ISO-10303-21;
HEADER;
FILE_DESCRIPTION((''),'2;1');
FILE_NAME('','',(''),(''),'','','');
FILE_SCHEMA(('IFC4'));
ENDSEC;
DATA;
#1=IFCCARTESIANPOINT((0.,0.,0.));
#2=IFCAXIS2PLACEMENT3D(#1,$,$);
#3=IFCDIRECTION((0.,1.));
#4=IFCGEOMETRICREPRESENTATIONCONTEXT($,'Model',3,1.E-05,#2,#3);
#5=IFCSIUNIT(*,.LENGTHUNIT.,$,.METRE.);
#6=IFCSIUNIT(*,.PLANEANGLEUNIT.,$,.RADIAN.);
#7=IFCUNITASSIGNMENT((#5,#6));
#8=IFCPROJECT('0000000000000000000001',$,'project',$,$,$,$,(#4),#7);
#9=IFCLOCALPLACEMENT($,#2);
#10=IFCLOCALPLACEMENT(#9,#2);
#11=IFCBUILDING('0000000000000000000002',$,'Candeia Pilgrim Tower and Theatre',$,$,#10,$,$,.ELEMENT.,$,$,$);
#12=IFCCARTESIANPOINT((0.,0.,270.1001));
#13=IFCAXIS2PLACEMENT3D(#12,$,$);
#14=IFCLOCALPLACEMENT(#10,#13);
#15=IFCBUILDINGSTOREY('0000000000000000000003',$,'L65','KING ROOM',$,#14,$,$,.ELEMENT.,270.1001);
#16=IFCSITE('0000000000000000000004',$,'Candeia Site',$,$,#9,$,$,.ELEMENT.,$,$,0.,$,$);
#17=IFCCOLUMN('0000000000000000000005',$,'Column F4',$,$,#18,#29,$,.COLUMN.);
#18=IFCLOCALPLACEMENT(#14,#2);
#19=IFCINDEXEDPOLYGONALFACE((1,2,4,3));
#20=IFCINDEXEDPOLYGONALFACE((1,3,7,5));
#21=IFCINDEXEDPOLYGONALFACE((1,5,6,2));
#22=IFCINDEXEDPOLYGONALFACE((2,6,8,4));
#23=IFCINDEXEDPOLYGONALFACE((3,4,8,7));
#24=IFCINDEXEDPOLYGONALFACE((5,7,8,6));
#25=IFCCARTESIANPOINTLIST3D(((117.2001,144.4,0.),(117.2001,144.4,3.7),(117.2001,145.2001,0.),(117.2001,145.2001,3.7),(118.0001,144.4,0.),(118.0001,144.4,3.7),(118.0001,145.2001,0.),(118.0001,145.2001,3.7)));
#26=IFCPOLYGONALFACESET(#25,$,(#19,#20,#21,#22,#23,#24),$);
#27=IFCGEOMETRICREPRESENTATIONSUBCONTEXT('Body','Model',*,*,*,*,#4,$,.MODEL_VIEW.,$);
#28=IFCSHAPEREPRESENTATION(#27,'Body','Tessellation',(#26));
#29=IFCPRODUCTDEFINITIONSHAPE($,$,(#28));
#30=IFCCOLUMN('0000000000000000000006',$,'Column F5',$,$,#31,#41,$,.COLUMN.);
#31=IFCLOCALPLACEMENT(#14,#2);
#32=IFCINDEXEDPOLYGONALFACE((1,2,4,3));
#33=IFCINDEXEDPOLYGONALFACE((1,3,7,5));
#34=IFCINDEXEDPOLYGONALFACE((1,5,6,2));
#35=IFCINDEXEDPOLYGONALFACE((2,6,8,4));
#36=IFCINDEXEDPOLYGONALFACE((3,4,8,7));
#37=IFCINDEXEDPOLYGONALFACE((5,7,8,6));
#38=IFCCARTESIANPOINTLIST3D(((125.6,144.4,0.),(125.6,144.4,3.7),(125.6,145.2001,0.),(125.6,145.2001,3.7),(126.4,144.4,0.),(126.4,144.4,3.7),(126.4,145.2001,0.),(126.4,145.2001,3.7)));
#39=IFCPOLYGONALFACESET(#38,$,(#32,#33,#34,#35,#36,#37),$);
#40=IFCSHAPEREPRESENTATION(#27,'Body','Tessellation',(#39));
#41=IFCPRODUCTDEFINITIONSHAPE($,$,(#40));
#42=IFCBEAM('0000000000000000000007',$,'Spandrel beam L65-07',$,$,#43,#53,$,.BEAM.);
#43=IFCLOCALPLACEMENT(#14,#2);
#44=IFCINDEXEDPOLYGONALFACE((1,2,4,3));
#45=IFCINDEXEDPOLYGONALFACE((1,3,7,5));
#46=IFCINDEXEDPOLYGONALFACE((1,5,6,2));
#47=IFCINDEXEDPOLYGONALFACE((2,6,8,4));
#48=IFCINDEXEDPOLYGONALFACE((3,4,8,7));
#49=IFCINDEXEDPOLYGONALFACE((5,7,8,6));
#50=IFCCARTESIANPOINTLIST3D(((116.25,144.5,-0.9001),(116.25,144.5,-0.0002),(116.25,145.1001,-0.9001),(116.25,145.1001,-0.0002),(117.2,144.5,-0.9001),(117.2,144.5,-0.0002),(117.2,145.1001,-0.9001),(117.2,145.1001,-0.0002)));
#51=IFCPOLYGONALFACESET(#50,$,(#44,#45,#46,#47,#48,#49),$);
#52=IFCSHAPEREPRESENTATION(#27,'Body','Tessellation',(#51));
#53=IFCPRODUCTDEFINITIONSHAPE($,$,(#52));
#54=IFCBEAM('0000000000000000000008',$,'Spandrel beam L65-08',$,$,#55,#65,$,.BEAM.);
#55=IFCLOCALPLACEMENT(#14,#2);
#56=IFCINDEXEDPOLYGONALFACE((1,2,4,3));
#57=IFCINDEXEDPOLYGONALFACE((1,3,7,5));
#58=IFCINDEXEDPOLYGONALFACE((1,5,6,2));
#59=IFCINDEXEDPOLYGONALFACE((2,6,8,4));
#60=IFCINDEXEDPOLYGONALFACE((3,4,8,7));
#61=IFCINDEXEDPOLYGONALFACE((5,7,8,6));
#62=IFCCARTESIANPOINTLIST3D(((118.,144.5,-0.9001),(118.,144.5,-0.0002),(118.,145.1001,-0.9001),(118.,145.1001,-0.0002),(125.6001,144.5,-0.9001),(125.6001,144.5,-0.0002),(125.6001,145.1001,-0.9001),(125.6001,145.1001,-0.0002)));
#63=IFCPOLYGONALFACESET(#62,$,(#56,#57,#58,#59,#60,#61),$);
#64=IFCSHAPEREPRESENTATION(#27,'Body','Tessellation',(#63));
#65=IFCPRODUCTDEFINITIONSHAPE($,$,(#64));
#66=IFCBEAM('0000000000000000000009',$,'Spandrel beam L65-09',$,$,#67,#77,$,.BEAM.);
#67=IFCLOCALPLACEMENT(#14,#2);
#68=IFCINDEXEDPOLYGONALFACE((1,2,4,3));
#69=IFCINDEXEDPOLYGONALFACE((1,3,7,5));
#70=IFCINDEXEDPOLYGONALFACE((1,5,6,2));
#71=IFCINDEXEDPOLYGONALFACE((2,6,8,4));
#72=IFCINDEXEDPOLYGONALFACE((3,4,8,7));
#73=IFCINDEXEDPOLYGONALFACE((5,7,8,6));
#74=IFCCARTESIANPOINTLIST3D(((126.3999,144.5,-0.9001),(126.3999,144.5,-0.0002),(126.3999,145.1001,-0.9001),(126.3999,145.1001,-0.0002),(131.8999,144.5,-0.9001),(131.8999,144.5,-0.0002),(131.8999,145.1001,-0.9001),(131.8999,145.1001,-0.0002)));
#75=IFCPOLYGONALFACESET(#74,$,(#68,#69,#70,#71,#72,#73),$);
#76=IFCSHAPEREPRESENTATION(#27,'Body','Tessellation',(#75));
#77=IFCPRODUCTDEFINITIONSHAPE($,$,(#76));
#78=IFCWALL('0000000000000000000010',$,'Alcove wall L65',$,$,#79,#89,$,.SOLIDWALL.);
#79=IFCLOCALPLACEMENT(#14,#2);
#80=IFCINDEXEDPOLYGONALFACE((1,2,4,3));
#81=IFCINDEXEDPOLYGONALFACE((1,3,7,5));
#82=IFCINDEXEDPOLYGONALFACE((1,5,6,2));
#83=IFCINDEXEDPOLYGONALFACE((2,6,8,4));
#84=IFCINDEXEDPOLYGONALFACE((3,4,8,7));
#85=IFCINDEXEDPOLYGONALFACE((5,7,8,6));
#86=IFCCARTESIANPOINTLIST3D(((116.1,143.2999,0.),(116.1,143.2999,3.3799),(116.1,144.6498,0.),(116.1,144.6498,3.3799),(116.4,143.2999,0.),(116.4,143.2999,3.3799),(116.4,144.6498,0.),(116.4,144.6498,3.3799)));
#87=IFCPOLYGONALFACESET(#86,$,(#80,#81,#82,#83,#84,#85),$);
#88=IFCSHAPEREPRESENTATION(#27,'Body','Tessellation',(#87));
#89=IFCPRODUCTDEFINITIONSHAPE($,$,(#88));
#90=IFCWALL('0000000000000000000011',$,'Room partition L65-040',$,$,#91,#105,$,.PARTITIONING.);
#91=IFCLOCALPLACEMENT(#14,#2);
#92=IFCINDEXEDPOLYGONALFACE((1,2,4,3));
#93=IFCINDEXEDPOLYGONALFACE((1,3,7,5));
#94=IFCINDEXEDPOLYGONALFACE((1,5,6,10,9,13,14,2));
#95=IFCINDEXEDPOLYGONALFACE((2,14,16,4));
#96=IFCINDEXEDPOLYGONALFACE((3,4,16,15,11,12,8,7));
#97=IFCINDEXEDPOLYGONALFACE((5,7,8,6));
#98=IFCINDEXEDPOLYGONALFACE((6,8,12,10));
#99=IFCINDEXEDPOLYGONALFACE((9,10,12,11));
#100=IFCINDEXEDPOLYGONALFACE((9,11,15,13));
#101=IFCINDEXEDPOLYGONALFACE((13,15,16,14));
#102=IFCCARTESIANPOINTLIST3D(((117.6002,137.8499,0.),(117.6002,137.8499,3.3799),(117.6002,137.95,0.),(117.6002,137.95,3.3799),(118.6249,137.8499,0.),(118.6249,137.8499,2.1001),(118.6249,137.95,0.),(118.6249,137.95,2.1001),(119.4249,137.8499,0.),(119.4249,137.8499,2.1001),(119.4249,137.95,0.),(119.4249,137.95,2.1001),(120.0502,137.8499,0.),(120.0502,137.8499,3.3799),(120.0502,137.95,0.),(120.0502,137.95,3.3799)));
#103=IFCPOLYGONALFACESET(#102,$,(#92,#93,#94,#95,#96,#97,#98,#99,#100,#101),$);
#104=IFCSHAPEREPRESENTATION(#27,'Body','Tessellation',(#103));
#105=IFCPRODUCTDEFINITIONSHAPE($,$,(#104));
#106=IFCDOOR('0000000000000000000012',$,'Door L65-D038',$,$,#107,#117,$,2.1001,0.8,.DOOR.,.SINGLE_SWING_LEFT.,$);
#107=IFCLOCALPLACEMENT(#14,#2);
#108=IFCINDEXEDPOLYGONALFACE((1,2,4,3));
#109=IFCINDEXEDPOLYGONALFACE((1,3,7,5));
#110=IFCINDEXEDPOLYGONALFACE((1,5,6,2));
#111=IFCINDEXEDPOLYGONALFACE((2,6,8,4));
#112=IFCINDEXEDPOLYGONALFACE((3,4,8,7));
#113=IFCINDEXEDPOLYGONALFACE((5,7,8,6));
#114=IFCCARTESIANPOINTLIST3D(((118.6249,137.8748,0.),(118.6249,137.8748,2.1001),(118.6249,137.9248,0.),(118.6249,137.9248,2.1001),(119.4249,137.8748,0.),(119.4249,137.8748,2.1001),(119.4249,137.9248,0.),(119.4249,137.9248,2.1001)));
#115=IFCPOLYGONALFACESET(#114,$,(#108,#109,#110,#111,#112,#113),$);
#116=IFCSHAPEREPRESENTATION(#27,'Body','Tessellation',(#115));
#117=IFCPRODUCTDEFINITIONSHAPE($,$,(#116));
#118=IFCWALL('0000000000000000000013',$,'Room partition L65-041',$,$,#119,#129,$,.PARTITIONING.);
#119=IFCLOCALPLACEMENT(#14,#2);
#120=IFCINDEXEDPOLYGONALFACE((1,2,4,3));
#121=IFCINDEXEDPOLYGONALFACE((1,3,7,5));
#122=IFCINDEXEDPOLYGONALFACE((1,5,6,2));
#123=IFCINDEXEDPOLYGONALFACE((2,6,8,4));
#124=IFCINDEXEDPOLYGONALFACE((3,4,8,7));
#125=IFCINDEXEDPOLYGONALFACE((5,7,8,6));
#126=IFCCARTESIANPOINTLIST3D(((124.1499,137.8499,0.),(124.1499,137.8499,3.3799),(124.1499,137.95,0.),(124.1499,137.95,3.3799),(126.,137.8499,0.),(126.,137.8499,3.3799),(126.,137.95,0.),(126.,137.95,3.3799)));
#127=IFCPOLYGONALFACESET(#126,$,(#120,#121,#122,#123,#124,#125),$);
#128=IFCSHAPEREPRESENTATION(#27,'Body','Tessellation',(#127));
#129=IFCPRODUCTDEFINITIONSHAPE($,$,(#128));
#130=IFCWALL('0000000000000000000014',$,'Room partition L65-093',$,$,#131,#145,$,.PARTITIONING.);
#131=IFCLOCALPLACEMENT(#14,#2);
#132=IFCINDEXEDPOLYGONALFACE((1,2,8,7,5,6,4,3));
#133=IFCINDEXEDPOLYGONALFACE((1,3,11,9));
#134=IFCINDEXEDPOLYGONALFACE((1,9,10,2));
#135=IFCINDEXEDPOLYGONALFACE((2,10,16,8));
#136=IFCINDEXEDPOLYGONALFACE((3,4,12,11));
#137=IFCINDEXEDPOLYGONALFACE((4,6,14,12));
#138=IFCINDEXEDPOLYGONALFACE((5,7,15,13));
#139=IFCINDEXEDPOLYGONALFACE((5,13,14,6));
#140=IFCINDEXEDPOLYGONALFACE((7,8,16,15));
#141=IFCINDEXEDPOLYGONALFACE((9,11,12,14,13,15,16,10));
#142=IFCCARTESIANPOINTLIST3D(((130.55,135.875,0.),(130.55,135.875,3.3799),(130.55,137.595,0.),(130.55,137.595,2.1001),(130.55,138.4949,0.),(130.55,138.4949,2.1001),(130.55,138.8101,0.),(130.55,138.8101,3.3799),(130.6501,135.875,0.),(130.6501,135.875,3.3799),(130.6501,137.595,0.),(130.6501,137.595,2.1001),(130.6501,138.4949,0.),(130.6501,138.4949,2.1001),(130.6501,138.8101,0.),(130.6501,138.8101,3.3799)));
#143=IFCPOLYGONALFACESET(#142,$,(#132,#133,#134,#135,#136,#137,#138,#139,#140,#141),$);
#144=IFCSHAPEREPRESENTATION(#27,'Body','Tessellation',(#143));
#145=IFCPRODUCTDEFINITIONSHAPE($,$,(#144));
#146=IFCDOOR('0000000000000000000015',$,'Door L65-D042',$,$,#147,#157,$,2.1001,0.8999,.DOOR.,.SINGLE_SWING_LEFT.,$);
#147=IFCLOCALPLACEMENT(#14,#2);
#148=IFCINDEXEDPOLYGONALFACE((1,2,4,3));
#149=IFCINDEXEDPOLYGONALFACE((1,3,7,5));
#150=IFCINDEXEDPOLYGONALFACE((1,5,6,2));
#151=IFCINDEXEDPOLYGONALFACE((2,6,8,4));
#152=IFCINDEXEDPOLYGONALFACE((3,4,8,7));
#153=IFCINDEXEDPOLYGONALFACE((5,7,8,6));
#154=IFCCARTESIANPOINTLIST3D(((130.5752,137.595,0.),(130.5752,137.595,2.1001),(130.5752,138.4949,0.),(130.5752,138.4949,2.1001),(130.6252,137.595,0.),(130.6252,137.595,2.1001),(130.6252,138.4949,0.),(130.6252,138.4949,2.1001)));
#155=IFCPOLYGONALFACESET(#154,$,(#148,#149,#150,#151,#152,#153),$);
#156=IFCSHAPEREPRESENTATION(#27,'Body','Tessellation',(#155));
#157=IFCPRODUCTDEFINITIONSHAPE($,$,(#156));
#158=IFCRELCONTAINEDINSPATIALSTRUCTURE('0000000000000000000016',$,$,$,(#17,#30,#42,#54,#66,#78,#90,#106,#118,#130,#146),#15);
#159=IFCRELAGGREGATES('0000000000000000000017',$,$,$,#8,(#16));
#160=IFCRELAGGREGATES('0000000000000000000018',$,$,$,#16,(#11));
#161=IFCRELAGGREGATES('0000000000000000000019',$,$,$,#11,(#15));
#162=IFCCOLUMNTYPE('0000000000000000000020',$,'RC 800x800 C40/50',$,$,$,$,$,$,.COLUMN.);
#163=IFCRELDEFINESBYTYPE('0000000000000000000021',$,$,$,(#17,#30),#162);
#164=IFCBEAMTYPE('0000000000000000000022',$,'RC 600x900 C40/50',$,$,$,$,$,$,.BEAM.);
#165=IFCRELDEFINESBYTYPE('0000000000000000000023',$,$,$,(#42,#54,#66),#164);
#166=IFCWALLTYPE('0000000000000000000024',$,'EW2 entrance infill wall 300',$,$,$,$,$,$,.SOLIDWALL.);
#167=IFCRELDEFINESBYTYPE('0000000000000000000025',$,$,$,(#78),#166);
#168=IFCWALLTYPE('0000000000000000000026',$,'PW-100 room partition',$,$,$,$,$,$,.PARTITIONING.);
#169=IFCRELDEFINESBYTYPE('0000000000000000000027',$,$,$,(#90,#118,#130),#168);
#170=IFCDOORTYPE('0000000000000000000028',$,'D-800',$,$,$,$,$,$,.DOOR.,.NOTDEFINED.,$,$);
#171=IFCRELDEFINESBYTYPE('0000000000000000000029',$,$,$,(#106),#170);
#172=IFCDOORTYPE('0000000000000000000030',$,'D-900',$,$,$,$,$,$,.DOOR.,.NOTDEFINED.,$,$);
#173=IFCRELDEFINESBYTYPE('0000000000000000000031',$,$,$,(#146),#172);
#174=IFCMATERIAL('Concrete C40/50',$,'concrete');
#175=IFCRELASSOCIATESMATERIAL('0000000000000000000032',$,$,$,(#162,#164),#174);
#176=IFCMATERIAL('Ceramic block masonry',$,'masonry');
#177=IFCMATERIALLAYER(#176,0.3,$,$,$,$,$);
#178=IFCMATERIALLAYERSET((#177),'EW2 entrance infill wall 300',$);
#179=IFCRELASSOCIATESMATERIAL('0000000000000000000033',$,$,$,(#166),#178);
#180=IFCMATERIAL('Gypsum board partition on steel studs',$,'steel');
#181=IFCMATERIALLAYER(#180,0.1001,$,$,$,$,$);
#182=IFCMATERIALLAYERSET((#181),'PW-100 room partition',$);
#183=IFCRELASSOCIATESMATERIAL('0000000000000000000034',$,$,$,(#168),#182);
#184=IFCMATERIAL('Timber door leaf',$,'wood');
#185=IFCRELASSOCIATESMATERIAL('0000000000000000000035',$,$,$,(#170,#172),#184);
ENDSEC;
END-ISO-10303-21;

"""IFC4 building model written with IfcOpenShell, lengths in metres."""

from ifc_helpers import new_model, si_unit, direction, frame, frame_2d, origin, origin_2d, place, context, subcontext, project, spatial, rectangle, extrude, material, layer, layer_set, material_profile, profile_set, type_object, element, fill, save


model = new_model("IFC4")

# Units and contexts
model_context = context("Model", 3, precision=1e-05, world=origin(), true_north=direction((0.0, 1.0)))
body_context = subcontext(model_context, "Body", "Model", "MODEL_VIEW")
ifc_project = project(units=[si_unit("LENGTHUNIT", "METRE"), si_unit("PLANEANGLEUNIT", "RADIAN")], contexts=[model_context])

# Site, building, storey
site_placement = place(None, origin())
site = spatial("IfcSite", under=ifc_project, at=site_placement, Name="Candeia Site", CompositionType="ELEMENT", RefElevation=0.0)
building_placement = place(site_placement, origin())
building = spatial("IfcBuilding", under=site, at=building_placement, Name="Candeia Pilgrim Tower and Theatre", CompositionType="ELEMENT")
storey_placement = place(building_placement, frame((0.0, 0.0, 270.1001)))
storey = spatial("IfcBuildingStorey", under=building, at=storey_placement, Name="L65", Description="KING ROOM", CompositionType="ELEMENT", Elevation=270.1001)

# Columns
ifc_material_1 = material(Name="Concrete C40/50", Category="concrete")
ifc_material_profile_1 = material_profile(ifc_material_1, rectangle(XDim=0.8, YDim=0.8, at=origin_2d()))
ifc_profile_set_1 = profile_set([ifc_material_profile_1], Name="Concrete C40/50")
column_type = type_object("IfcColumnType", Name="RC 800x800 C40/50", PredefinedType="COLUMN", material=ifc_profile_set_1)
for number, where, z_axis, x_axis, name in (
    (1, (117.6001, 144.8, 0.0), (0.0, 0.0, 1.0), (1.0, 0.0, 0.0), "Column F4"),
    (2, (126.0, 144.8, 0.0), (0.0, 0.0, 1.0), (1.0, 0.0, 0.0), "Column F5"),
):
    element("IfcColumn", number, at=place(storey_placement, frame(where, z_axis=z_axis, x_axis=x_axis)), inside=storey, type_object=column_type, Name=name, PredefinedType="COLUMN", context=body_context, shape_type="SweptSolid", body=[
        extrude(rectangle(XDim=0.8, YDim=0.8, at=origin_2d()), origin(), (0.0, 0.0, 1.0), 3.7),
    ])

# Beams
ifc_material_profile_2 = material_profile(ifc_material_1, rectangle(XDim=0.6001, YDim=0.8999, at=origin_2d()))
ifc_profile_set_2 = profile_set([ifc_material_profile_2], Name="Concrete C40/50")
beam_type = type_object("IfcBeamType", Name="RC 600x900 C40/50", PredefinedType="BEAM", material=ifc_profile_set_2)
beam_1_placement = place(storey_placement, frame((116.25, 144.8, -0.4502), z_axis=(1.0, 0.0, 0.0), x_axis=(0.0, 1.0, 0.0)))
element("IfcBeam", 3, at=beam_1_placement, inside=storey, type_object=beam_type, Name="Spandrel beam L65-07", PredefinedType="BEAM", context=body_context, shape_type="SweptSolid", body=[
    extrude(rectangle(XDim=0.6001, YDim=0.8999, at=origin_2d()), origin(), (0.0, 0.0, 1.0), 0.95),
])
beam_2_placement = place(storey_placement, frame((118.0, 144.8, -0.4502), z_axis=(1.0, 0.0, 0.0), x_axis=(0.0, 1.0, 0.0)))
element("IfcBeam", 4, at=beam_2_placement, inside=storey, type_object=beam_type, Name="Spandrel beam L65-08", PredefinedType="BEAM", context=body_context, shape_type="SweptSolid", body=[
    extrude(rectangle(XDim=0.6001, YDim=0.8999, at=origin_2d()), origin(), (0.0, 0.0, 1.0), 7.6001),
])
beam_3_placement = place(storey_placement, frame((126.3999, 144.8, -0.4502), z_axis=(1.0, 0.0, 0.0), x_axis=(0.0, 1.0, 0.0)))
element("IfcBeam", 5, at=beam_3_placement, inside=storey, type_object=beam_type, Name="Spandrel beam L65-09", PredefinedType="BEAM", context=body_context, shape_type="SweptSolid", body=[
    extrude(rectangle(XDim=0.6001, YDim=0.8999, at=origin_2d()), origin(), (0.0, 0.0, 1.0), 5.5),
])

# Shared definitions
ifc_material_2 = material(Name="Ceramic block masonry", Category="masonry")

# Wall
ifc_layer_1 = layer(ifc_material_2, 0.3)
ifc_layer_set_1 = layer_set([ifc_layer_1], Name="EW2 entrance infill wall 300")
wall_type_1 = type_object("IfcWallType", Name="EW2 entrance infill wall 300", PredefinedType="SOLIDWALL", material=ifc_layer_set_1)
wall_1_placement = place(storey_placement, frame((116.25, 143.3, 0.0), z_axis=(0.0, 0.0, 1.0), x_axis=(0.0, 1.0, 0.0)))
element("IfcWall", 6, at=wall_1_placement, inside=storey, type_object=wall_type_1, Name="Alcove wall L65", PredefinedType="SOLIDWALL", context=body_context, shape_type="SweptSolid", body=[
    extrude(rectangle(XDim=1.3499, YDim=0.3, at=frame_2d((0.6748, 0.0))), origin(), (0.0, 0.0, 1.0), 3.3799),
])

# Wall, opening, door
ifc_material_3 = material(Name="Gypsum board partition on steel studs", Category="steel")
ifc_layer_2 = layer(ifc_material_3, 0.1001)
ifc_layer_set_2 = layer_set([ifc_layer_2], Name="PW-100 room partition")
wall_type_2 = type_object("IfcWallType", Name="PW-100 room partition", PredefinedType="PARTITIONING", material=ifc_layer_set_2)
wall_2_placement = place(storey_placement, frame((117.6001, 137.8999, 0.0), z_axis=(0.0, 0.0, 1.0), x_axis=(1.0, 0.0, 0.0)))
wall_2 = element("IfcWall", 7, at=wall_2_placement, inside=storey, type_object=wall_type_2, Name="Room partition L65-040", PredefinedType="PARTITIONING", context=body_context, shape_type="SweptSolid", body=[
    extrude(rectangle(XDim=2.45, YDim=0.1001, at=frame_2d((1.2251, 0.0))), origin(), (0.0, 0.0, 1.0), 3.3799),
])
opening_1_placement = place(wall_2_placement, frame((1.0249, 0.0, 0.0)))
opening_1 = element("IfcOpeningElement", 8, at=opening_1_placement, cuts=wall_2, PredefinedType="OPENING", context=body_context, shape_type="SweptSolid", body=[
    extrude(rectangle(XDim=0.8, YDim=2.1001, at=frame_2d((0.3999, 1.05))), frame((0.0, 0.0601, 0.0), z_axis=(0.0, -1.0, 0.0), x_axis=(1.0, 0.0, 0.0)), (0.0, 0.0, 1.0), 0.1201),
])
ifc_material_4 = material(Name="Timber door leaf", Category="wood")
door_type_1 = type_object("IfcDoorType", Name="D-800", OperationType="NOTDEFINED", PredefinedType="DOOR", material=ifc_material_4)
door_1_placement = place(opening_1_placement, origin())
door_1 = element("IfcDoor", 9, at=door_1_placement, inside=storey, type_object=door_type_1, Name="Door L65-D038", OperationType="SINGLE_SWING_LEFT", OverallHeight=2.1001, OverallWidth=0.8, PredefinedType="DOOR", context=body_context, shape_type="SweptSolid", body=[
    extrude(rectangle(XDim=0.8, YDim=2.1001, at=frame_2d((0.3999, 1.05))), frame((0.0, 0.0249, 0.0), z_axis=(0.0, -1.0, 0.0), x_axis=(1.0, 0.0, 0.0)), (0.0, 0.0, 1.0), 0.05),
])
fill(opening_1, door_1)

# Wall
wall_3_placement = place(storey_placement, frame((124.1499, 137.8999, 0.0), z_axis=(0.0, 0.0, 1.0), x_axis=(1.0, 0.0, 0.0)))
element("IfcWall", 10, at=wall_3_placement, inside=storey, type_object=wall_type_2, Name="Room partition L65-041", PredefinedType="PARTITIONING", context=body_context, shape_type="SweptSolid", body=[
    extrude(rectangle(XDim=1.8501, YDim=0.1001, at=frame_2d((0.925, 0.0))), origin(), (0.0, 0.0, 1.0), 3.3799),
])

# Wall, opening, door
wall_4_placement = place(storey_placement, frame((130.6001, 135.875, 0.0), z_axis=(0.0, 0.0, 1.0), x_axis=(0.0, 1.0, 0.0)))
wall_4 = element("IfcWall", 11, at=wall_4_placement, inside=storey, type_object=wall_type_2, Name="Room partition L65-093", PredefinedType="PARTITIONING", context=body_context, shape_type="SweptSolid", body=[
    extrude(rectangle(XDim=2.9351, YDim=0.1001, at=frame_2d((1.4675, 0.0))), origin(), (0.0, 0.0, 1.0), 3.3799),
])
opening_2_placement = place(wall_4_placement, frame((1.72, 0.0, 0.0)))
opening_2 = element("IfcOpeningElement", 12, at=opening_2_placement, cuts=wall_4, PredefinedType="OPENING", context=body_context, shape_type="SweptSolid", body=[
    extrude(rectangle(XDim=0.8999, YDim=2.1001, at=frame_2d((0.45, 1.05))), frame((0.0, 0.0601, 0.0), z_axis=(0.0, -1.0, 0.0), x_axis=(1.0, 0.0, 0.0)), (0.0, 0.0, 1.0), 0.1201),
])
door_type_2 = type_object("IfcDoorType", Name="D-900", OperationType="NOTDEFINED", PredefinedType="DOOR", material=ifc_material_4)
door_2_placement = place(opening_2_placement, origin())
door_2 = element("IfcDoor", 13, at=door_2_placement, inside=storey, type_object=door_type_2, Name="Door L65-D042", OperationType="SINGLE_SWING_LEFT", OverallHeight=2.1001, OverallWidth=0.8999, PredefinedType="DOOR", context=body_context, shape_type="SweptSolid", body=[
    extrude(rectangle(XDim=0.8999, YDim=2.1001, at=frame_2d((0.45, 1.05))), frame((0.0, 0.0249, 0.0), z_axis=(0.0, -1.0, 0.0), x_axis=(1.0, 0.0, 0.0)), (0.0, 0.0, 1.0), 0.05),
])
fill(opening_2, door_2)

save(model, "model.ifc")
